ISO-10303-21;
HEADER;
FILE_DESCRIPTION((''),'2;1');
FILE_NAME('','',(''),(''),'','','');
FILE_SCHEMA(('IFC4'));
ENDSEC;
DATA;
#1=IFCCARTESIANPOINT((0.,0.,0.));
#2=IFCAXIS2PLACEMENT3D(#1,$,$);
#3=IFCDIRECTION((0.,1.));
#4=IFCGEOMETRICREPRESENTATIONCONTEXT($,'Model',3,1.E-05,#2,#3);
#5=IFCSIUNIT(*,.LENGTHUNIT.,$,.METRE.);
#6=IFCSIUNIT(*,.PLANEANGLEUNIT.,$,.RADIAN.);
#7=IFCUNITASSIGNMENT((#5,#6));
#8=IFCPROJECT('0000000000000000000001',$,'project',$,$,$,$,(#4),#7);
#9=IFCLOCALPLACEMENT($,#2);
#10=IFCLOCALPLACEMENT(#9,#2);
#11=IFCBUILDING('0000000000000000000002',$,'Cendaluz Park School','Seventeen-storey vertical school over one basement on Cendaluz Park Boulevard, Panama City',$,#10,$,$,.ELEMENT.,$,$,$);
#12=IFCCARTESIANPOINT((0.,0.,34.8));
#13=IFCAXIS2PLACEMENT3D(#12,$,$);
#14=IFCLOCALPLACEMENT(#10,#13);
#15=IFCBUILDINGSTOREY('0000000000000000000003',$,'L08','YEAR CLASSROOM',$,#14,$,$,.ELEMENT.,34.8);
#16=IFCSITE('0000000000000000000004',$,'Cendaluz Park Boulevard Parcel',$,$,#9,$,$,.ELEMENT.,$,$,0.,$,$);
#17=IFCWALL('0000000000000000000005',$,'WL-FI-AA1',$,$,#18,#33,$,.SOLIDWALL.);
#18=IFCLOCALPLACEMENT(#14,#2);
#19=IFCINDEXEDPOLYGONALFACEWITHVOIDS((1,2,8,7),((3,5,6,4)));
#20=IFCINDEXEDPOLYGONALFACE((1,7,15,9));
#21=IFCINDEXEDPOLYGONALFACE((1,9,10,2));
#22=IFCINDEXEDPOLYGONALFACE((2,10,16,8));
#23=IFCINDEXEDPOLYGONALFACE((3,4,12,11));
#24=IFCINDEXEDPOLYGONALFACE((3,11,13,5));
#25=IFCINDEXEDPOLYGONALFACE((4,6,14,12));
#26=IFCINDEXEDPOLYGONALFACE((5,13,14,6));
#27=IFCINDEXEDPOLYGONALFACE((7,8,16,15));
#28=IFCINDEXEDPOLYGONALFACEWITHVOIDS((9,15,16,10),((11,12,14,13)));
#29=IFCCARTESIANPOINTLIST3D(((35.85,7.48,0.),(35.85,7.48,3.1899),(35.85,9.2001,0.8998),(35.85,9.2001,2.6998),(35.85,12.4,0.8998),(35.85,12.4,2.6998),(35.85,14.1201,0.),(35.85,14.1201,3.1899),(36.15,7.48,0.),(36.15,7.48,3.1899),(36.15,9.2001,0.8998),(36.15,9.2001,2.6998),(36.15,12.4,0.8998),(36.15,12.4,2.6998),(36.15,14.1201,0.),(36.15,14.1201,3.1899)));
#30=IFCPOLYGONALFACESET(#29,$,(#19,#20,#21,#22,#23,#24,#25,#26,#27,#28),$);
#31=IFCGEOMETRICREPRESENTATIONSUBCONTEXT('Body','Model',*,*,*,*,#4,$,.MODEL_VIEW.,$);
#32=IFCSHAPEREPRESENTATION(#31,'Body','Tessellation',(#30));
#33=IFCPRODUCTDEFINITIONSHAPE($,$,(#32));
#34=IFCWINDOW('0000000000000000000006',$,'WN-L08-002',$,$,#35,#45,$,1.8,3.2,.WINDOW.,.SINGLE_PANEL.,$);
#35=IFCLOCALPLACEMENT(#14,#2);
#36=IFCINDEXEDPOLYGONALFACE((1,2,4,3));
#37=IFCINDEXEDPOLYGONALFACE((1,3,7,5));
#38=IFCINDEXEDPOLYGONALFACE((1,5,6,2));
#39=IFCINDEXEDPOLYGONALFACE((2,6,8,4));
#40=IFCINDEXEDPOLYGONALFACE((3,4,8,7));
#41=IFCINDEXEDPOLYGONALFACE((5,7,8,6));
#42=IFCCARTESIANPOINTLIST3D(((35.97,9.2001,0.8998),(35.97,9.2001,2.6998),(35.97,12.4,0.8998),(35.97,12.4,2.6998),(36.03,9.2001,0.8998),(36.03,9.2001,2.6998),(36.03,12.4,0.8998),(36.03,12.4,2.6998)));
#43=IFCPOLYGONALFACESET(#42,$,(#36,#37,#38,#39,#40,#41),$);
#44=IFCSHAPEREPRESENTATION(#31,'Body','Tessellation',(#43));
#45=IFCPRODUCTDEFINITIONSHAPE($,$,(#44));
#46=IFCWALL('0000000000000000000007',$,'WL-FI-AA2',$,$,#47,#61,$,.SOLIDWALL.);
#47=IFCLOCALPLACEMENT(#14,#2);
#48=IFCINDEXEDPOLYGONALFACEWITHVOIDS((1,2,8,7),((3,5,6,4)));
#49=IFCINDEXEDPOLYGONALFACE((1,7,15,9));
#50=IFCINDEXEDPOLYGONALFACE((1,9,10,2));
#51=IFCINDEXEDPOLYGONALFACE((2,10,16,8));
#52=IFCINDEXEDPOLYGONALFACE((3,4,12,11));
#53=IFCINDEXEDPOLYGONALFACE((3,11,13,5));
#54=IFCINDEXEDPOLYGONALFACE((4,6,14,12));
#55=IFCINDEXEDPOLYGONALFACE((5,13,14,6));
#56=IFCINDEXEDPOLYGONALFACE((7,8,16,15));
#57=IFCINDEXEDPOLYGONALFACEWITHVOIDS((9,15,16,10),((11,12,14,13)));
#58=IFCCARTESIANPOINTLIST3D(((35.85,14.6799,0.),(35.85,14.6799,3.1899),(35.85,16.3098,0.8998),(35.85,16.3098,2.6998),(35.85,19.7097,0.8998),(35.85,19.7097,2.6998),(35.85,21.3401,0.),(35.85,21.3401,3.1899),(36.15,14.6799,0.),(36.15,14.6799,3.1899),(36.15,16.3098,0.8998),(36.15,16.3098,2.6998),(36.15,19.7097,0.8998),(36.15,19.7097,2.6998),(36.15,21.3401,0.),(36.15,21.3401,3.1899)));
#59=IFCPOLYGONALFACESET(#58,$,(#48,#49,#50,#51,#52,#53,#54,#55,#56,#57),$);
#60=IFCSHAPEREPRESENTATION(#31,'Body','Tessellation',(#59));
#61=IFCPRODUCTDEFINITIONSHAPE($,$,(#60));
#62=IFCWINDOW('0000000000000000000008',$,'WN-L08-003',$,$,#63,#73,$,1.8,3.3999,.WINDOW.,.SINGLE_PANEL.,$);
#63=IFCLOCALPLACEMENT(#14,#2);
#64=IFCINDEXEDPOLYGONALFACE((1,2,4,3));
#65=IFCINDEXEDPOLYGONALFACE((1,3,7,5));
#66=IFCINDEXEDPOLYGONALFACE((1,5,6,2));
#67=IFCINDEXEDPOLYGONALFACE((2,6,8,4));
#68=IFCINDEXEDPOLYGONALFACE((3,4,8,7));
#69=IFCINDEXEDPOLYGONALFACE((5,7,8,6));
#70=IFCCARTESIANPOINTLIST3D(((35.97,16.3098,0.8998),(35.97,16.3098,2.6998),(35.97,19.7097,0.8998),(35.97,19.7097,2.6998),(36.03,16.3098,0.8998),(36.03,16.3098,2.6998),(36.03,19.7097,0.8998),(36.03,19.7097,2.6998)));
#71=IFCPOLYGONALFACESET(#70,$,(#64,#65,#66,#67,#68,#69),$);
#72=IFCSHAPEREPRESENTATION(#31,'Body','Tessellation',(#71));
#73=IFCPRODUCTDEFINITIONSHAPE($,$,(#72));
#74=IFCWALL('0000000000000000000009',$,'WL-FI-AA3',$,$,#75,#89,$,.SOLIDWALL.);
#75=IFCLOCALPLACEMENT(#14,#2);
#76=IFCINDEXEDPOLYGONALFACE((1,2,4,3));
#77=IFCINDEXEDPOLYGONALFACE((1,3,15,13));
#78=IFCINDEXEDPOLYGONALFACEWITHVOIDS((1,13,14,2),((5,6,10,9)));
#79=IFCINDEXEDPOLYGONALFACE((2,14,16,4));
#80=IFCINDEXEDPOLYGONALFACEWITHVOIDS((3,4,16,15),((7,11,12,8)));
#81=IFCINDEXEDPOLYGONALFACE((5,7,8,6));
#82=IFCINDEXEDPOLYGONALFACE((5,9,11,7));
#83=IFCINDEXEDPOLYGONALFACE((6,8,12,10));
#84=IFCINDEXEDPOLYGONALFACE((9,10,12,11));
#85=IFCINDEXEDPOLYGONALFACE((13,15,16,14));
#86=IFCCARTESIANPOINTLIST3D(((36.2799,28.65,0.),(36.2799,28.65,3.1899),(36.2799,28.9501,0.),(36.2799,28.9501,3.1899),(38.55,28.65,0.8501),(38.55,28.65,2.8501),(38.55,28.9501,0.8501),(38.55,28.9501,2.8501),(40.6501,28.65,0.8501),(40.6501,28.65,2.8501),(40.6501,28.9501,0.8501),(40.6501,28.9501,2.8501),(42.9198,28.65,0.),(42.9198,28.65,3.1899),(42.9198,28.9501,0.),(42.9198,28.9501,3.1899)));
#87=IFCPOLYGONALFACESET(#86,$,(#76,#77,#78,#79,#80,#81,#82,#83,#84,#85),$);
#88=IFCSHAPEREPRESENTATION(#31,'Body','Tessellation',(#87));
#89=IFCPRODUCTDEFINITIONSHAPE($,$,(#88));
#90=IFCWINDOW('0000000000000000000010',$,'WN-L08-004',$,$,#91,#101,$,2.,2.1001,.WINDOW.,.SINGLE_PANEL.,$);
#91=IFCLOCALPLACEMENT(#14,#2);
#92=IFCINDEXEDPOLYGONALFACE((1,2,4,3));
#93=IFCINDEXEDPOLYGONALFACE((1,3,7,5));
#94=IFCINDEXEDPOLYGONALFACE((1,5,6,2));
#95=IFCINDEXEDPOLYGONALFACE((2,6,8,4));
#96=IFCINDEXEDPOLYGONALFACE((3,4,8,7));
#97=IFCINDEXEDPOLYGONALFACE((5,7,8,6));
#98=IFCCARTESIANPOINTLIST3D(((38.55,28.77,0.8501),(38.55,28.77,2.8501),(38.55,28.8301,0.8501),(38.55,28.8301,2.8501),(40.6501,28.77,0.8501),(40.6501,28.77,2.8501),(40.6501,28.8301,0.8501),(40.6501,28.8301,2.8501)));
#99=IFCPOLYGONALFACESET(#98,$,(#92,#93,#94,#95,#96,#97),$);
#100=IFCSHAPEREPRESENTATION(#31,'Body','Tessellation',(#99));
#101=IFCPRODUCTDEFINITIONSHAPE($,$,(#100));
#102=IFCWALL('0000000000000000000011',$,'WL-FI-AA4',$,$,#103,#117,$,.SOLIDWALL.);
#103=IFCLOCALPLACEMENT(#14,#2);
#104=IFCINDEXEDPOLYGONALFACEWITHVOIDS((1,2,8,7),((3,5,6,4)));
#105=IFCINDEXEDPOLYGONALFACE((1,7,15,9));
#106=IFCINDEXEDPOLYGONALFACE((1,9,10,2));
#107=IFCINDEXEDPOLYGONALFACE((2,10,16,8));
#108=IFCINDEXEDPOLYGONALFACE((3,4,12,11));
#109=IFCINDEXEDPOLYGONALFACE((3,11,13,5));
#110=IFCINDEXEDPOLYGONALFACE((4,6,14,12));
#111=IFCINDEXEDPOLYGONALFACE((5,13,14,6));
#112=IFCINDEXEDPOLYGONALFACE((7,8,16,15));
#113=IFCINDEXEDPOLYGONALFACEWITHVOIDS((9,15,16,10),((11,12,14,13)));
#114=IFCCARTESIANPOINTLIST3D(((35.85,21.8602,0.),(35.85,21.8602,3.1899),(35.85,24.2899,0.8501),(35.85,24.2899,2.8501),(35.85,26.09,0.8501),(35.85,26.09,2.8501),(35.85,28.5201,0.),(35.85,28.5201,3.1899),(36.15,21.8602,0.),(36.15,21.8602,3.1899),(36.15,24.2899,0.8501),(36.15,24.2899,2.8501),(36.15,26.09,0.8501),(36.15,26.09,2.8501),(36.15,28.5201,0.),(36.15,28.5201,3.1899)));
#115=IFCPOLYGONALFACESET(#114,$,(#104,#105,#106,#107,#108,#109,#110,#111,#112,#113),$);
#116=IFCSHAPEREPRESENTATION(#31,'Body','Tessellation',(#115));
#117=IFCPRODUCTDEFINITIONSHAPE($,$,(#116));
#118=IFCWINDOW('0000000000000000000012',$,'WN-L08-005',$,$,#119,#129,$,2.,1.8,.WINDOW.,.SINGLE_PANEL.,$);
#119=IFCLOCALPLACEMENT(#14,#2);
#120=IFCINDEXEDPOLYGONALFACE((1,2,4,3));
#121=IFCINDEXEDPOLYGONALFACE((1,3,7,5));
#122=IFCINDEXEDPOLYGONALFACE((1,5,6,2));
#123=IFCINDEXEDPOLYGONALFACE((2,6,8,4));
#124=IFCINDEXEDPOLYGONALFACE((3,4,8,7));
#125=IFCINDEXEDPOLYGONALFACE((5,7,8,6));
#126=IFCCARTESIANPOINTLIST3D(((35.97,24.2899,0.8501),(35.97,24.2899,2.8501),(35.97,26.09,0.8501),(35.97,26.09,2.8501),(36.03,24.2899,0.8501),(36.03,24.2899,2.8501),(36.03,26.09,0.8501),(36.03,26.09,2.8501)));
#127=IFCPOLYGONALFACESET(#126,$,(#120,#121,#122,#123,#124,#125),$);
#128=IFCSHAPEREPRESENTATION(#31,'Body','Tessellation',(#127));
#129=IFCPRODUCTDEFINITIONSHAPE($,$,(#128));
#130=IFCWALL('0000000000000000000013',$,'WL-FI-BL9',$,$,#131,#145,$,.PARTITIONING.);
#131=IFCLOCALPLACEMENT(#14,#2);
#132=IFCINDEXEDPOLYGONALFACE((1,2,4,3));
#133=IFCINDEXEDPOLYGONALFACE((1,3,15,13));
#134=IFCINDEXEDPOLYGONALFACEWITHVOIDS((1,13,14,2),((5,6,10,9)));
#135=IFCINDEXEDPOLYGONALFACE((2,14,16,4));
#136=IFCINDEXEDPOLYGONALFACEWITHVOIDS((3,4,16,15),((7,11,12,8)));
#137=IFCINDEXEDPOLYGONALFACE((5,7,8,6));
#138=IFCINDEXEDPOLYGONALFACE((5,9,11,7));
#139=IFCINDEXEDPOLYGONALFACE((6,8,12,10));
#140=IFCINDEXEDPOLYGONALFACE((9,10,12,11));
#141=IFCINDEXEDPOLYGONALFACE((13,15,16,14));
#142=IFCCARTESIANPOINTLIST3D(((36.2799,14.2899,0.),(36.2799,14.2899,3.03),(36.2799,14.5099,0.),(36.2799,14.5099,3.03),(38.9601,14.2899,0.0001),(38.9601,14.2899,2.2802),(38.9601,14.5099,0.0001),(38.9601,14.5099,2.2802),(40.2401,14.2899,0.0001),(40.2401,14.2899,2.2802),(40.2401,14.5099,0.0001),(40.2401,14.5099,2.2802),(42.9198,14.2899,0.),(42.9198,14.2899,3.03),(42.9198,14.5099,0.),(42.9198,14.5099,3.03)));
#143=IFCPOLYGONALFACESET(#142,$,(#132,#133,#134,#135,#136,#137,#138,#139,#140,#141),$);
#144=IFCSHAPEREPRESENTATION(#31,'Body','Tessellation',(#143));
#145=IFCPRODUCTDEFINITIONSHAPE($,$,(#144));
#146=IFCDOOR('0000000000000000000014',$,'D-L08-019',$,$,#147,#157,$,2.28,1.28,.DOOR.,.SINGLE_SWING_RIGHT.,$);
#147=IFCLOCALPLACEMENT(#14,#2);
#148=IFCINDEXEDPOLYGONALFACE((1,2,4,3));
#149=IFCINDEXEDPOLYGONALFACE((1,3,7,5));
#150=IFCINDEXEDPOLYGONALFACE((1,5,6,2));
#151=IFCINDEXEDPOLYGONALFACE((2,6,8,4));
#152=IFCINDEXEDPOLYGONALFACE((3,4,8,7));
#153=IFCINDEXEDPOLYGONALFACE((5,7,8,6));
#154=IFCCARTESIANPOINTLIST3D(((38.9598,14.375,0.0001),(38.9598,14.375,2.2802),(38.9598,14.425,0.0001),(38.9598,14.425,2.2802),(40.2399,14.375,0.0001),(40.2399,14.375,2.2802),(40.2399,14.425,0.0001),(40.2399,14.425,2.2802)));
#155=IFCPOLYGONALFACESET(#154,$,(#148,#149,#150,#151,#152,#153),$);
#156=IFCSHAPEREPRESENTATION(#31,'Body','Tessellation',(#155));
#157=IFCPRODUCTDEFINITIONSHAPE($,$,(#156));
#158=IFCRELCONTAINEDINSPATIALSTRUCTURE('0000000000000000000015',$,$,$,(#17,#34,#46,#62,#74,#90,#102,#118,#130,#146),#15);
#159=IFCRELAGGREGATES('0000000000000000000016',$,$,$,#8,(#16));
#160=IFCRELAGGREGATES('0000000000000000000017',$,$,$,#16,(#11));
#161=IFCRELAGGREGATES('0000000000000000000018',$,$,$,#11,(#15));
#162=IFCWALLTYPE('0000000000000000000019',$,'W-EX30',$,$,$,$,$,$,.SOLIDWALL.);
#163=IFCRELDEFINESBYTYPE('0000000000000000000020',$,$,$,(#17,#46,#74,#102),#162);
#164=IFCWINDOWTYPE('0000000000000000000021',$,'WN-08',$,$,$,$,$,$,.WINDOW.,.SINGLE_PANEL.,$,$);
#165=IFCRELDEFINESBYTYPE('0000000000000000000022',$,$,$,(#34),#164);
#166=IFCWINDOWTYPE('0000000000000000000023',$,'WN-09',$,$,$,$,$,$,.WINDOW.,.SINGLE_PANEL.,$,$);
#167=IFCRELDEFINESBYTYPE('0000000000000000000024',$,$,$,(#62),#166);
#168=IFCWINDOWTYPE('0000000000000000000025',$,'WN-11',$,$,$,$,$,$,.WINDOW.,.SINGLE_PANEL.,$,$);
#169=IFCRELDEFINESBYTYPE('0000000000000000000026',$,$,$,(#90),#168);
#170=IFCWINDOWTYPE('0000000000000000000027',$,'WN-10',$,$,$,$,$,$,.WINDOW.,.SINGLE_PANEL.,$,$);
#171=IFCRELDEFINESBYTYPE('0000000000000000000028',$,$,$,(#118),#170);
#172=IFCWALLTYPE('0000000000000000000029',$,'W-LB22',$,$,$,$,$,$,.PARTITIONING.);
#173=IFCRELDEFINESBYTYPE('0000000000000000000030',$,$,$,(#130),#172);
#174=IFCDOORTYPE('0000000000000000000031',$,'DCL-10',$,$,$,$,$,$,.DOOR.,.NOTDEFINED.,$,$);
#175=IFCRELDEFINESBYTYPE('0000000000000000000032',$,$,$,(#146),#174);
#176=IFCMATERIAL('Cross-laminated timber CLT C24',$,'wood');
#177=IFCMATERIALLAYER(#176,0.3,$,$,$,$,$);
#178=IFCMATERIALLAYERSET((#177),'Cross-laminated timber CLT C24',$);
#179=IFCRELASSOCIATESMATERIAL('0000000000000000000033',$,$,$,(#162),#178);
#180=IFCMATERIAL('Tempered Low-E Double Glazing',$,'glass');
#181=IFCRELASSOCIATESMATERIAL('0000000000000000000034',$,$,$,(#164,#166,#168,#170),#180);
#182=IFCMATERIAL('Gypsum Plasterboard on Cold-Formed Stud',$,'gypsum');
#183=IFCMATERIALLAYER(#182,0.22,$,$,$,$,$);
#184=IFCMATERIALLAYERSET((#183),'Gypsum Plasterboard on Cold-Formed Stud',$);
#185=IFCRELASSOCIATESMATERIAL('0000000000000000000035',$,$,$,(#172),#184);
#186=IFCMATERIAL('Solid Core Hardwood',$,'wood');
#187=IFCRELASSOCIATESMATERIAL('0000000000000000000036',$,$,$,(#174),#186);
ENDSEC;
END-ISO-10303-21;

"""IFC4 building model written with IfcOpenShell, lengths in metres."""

from ifc_helpers import new_model, si_unit, direction, frame, frame_2d, origin, place, context, subcontext, project, spatial, rectangle, extrude, material, layer, layer_set, type_object, element, fill, save


model = new_model("IFC4")

# Units and contexts
model_context = context("Model", 3, precision=1e-05, world=origin(), true_north=direction((0.0, 1.0)))
body_context = subcontext(model_context, "Body", "Model", "MODEL_VIEW")
ifc_project = project(units=[si_unit("LENGTHUNIT", "METRE"), si_unit("PLANEANGLEUNIT", "RADIAN")], contexts=[model_context])

# Site, building, storey
site_placement = place(None, origin())
site = spatial("IfcSite", under=ifc_project, at=site_placement, Name="Cendaluz Park Boulevard Parcel", CompositionType="ELEMENT", RefElevation=0.0)
building_placement = place(site_placement, origin())
building = spatial("IfcBuilding", under=site, at=building_placement, Name="Cendaluz Park School", Description="Seventeen-storey vertical school over one basement on Cendaluz Park Boulevard, Panama City", CompositionType="ELEMENT")
storey_placement = place(building_placement, frame((0.0, 0.0, 34.8)))
storey = spatial("IfcBuildingStorey", under=building, at=storey_placement, Name="L08", Description="YEAR CLASSROOM", CompositionType="ELEMENT", Elevation=34.8)

# Shared definitions
ifc_material_1 = material(Name="Cross-laminated timber CLT C24", Category="wood")

# Walls, openings, windows
ifc_layer_1 = layer(ifc_material_1, 0.3)
ifc_layer_set_1 = layer_set([ifc_layer_1], Name="Cross-laminated timber CLT C24")
wall_type_1 = type_object("IfcWallType", Name="W-EX30", PredefinedType="SOLIDWALL", material=ifc_layer_set_1)
ifc_material_2 = material(Name="Tempered Low-E Double Glazing", Category="glass")
window_type_1 = type_object("IfcWindowType", Name="WN-08", PartitioningType="SINGLE_PANEL", PredefinedType="WINDOW", material=ifc_material_2)
wall_1_placement = place(storey_placement, frame((36.0, 7.48, 0.0), z_axis=(0.0, 0.0, 1.0), x_axis=(0.0, 1.0, 0.0)))
wall_1 = element("IfcWall", 1, at=wall_1_placement, inside=storey, type_object=wall_type_1, Name="WL-FI-AA1", PredefinedType="SOLIDWALL", context=body_context, shape_type="SweptSolid", body=[
    extrude(rectangle(XDim=6.6401, YDim=0.3, at=frame_2d((3.3201, 0.0))), origin(), (0.0, 0.0, 1.0), 3.1899),
])
opening_1_placement = place(wall_1_placement, frame((1.72, 0.0, 0.8999)))
opening_1 = element("IfcOpeningElement", 2, at=opening_1_placement, cuts=wall_1, PredefinedType="OPENING", context=body_context, shape_type="SweptSolid", body=[
    extrude(rectangle(XDim=3.2, YDim=1.8, at=frame_2d((1.6001, 0.8999))), frame((0.0, 0.1621, 0.0), z_axis=(0.0, -1.0, 0.0), x_axis=(1.0, 0.0, 0.0)), (0.0, 0.0, 1.0), 0.324),
])
window_1_placement = place(opening_1_placement, origin())
window_1 = element("IfcWindow", 3, at=window_1_placement, inside=storey, type_object=window_type_1, Name="WN-L08-002", OverallHeight=1.8, OverallWidth=3.2, PartitioningType="SINGLE_PANEL", PredefinedType="WINDOW", context=body_context, shape_type="SweptSolid", body=[
    extrude(rectangle(XDim=3.2, YDim=1.8, at=frame_2d((1.6001, 0.8999))), frame((0.0, 0.03, 0.0), z_axis=(0.0, -1.0, 0.0), x_axis=(1.0, 0.0, 0.0)), (0.0, 0.0, 1.0), 0.0601),
])
fill(opening_1, window_1)
wall_2_placement = place(storey_placement, frame((36.0, 14.6799, 0.0), z_axis=(0.0, 0.0, 1.0), x_axis=(0.0, 1.0, 0.0)))
wall_2 = element("IfcWall", 4, at=wall_2_placement, inside=storey, type_object=wall_type_1, Name="WL-FI-AA2", PredefinedType="SOLIDWALL", context=body_context, shape_type="SweptSolid", body=[
    extrude(rectangle(XDim=6.6602, YDim=0.3, at=frame_2d((3.3301, 0.0))), origin(), (0.0, 0.0, 1.0), 3.1899),
])
opening_2_placement = place(wall_2_placement, frame((1.6299, 0.0, 0.8999)))
opening_2 = element("IfcOpeningElement", 5, at=opening_2_placement, cuts=wall_2, PredefinedType="OPENING", context=body_context, shape_type="SweptSolid", body=[
    extrude(rectangle(XDim=3.3999, YDim=1.8, at=frame_2d((1.7, 0.8999))), frame((0.0, 0.1621, 0.0), z_axis=(0.0, -1.0, 0.0), x_axis=(1.0, 0.0, 0.0)), (0.0, 0.0, 1.0), 0.324),
])
window_type_2 = type_object("IfcWindowType", Name="WN-09", PartitioningType="SINGLE_PANEL", PredefinedType="WINDOW", material=ifc_material_2)
window_2_placement = place(opening_2_placement, origin())
window_2 = element("IfcWindow", 6, at=window_2_placement, inside=storey, type_object=window_type_2, Name="WN-L08-003", OverallHeight=1.8, OverallWidth=3.3999, PartitioningType="SINGLE_PANEL", PredefinedType="WINDOW", context=body_context, shape_type="SweptSolid", body=[
    extrude(rectangle(XDim=3.3999, YDim=1.8, at=frame_2d((1.7, 0.8999))), frame((0.0, 0.03, 0.0), z_axis=(0.0, -1.0, 0.0), x_axis=(1.0, 0.0, 0.0)), (0.0, 0.0, 1.0), 0.0601),
])
fill(opening_2, window_2)
wall_3_placement = place(storey_placement, frame((36.28, 28.8, 0.0), z_axis=(0.0, 0.0, 1.0), x_axis=(1.0, 0.0, 0.0)))
wall_3 = element("IfcWall", 7, at=wall_3_placement, inside=storey, type_object=wall_type_1, Name="WL-FI-AA3", PredefinedType="SOLIDWALL", context=body_context, shape_type="SweptSolid", body=[
    extrude(rectangle(XDim=6.6399, YDim=0.3, at=frame_2d((3.3198, 0.0))), origin(), (0.0, 0.0, 1.0), 3.1899),
])
opening_3_placement = place(wall_3_placement, frame((2.27, 0.0, 0.8501)))
opening_3 = element("IfcOpeningElement", 8, at=opening_3_placement, cuts=wall_3, PredefinedType="OPENING", context=body_context, shape_type="SweptSolid", body=[
    extrude(rectangle(XDim=2.1001, YDim=2.0, at=frame_2d((1.05, 1.0))), frame((0.0, 0.1621, 0.0), z_axis=(0.0, -1.0, 0.0), x_axis=(1.0, 0.0, 0.0)), (0.0, 0.0, 1.0), 0.324),
])
window_type_3 = type_object("IfcWindowType", Name="WN-11", PartitioningType="SINGLE_PANEL", PredefinedType="WINDOW", material=ifc_material_2)
window_3_placement = place(opening_3_placement, origin())
window_3 = element("IfcWindow", 9, at=window_3_placement, inside=storey, type_object=window_type_3, Name="WN-L08-004", OverallHeight=2.0, OverallWidth=2.1001, PartitioningType="SINGLE_PANEL", PredefinedType="WINDOW", context=body_context, shape_type="SweptSolid", body=[
    extrude(rectangle(XDim=2.1001, YDim=2.0, at=frame_2d((1.05, 1.0))), frame((0.0, 0.03, 0.0), z_axis=(0.0, -1.0, 0.0), x_axis=(1.0, 0.0, 0.0)), (0.0, 0.0, 1.0), 0.0601),
])
fill(opening_3, window_3)
wall_4_placement = place(storey_placement, frame((36.0, 21.8601, 0.0), z_axis=(0.0, 0.0, 1.0), x_axis=(0.0, 1.0, 0.0)))
wall_4 = element("IfcWall", 10, at=wall_4_placement, inside=storey, type_object=wall_type_1, Name="WL-FI-AA4", PredefinedType="SOLIDWALL", context=body_context, shape_type="SweptSolid", body=[
    extrude(rectangle(XDim=6.6599, YDim=0.3, at=frame_2d((3.3301, 0.0))), origin(), (0.0, 0.0, 1.0), 3.1899),
])
opening_4_placement = place(wall_4_placement, frame((2.4299, 0.0, 0.8501)))
opening_4 = element("IfcOpeningElement", 11, at=opening_4_placement, cuts=wall_4, PredefinedType="OPENING", context=body_context, shape_type="SweptSolid", body=[
    extrude(rectangle(XDim=1.8, YDim=2.0, at=frame_2d((0.8999, 1.0))), frame((0.0, 0.1621, 0.0), z_axis=(0.0, -1.0, 0.0), x_axis=(1.0, 0.0, 0.0)), (0.0, 0.0, 1.0), 0.324),
])
window_type_4 = type_object("IfcWindowType", Name="WN-10", PartitioningType="SINGLE_PANEL", PredefinedType="WINDOW", material=ifc_material_2)
window_4_placement = place(opening_4_placement, origin())
window_4 = element("IfcWindow", 12, at=window_4_placement, inside=storey, type_object=window_type_4, Name="WN-L08-005", OverallHeight=2.0, OverallWidth=1.8, PartitioningType="SINGLE_PANEL", PredefinedType="WINDOW", context=body_context, shape_type="SweptSolid", body=[
    extrude(rectangle(XDim=1.8, YDim=2.0, at=frame_2d((0.8999, 1.0))), frame((0.0, 0.03, 0.0), z_axis=(0.0, -1.0, 0.0), x_axis=(1.0, 0.0, 0.0)), (0.0, 0.0, 1.0), 0.0601),
])
fill(opening_4, window_4)

# Wall, opening, door
ifc_material_3 = material(Name="Gypsum Plasterboard on Cold-Formed Stud", Category="gypsum")
ifc_layer_2 = layer(ifc_material_3, 0.22)
ifc_layer_set_2 = layer_set([ifc_layer_2], Name="Gypsum Plasterboard on Cold-Formed Stud")
wall_type_2 = type_object("IfcWallType", Name="W-LB22", PredefinedType="PARTITIONING", material=ifc_layer_set_2)
wall_5_placement = place(storey_placement, frame((36.28, 14.3999, 0.0), z_axis=(0.0, 0.0, 1.0), x_axis=(1.0, 0.0, 0.0)))
wall_5 = element("IfcWall", 13, at=wall_5_placement, inside=storey, type_object=wall_type_2, Name="WL-FI-BL9", PredefinedType="PARTITIONING", context=body_context, shape_type="SweptSolid", body=[
    extrude(rectangle(XDim=6.6399, YDim=0.22, at=frame_2d((3.3198, 0.0))), origin(), (0.0, 0.0, 1.0), 3.03),
])
opening_5_placement = place(wall_5_placement, frame((2.6799, 0.0, 0.0)))
opening_5 = element("IfcOpeningElement", 14, at=opening_5_placement, cuts=wall_5, PredefinedType="OPENING", context=body_context, shape_type="SweptSolid", body=[
    extrude(rectangle(XDim=1.28, YDim=2.28, at=frame_2d((0.6401, 1.1401))), frame((0.0, 0.1221, 0.0), z_axis=(0.0, -1.0, 0.0), x_axis=(1.0, 0.0, 0.0)), (0.0, 0.0, 1.0), 0.2439),
])
ifc_material_4 = material(Name="Solid Core Hardwood", Category="wood")
door_type = type_object("IfcDoorType", Name="DCL-10", OperationType="NOTDEFINED", PredefinedType="DOOR", material=ifc_material_4)
door_placement = place(opening_5_placement, frame((1.28, 0.0, 0.0), z_axis=(0.0, 0.0, 1.0), x_axis=(-1.0, 0.0, 0.0)))
door = element("IfcDoor", 15, at=door_placement, inside=storey, type_object=door_type, Name="D-L08-019", OperationType="SINGLE_SWING_RIGHT", OverallHeight=2.28, OverallWidth=1.28, PredefinedType="DOOR", context=body_context, shape_type="SweptSolid", body=[
    extrude(rectangle(XDim=1.28, YDim=2.28, at=frame_2d((0.6401, 1.1401))), frame((0.0, 0.0249, 0.0), z_axis=(0.0, -1.0, 0.0), x_axis=(1.0, 0.0, 0.0)), (0.0, 0.0, 1.0), 0.05),
])
fill(opening_5, door)

save(model, "model.ifc")
